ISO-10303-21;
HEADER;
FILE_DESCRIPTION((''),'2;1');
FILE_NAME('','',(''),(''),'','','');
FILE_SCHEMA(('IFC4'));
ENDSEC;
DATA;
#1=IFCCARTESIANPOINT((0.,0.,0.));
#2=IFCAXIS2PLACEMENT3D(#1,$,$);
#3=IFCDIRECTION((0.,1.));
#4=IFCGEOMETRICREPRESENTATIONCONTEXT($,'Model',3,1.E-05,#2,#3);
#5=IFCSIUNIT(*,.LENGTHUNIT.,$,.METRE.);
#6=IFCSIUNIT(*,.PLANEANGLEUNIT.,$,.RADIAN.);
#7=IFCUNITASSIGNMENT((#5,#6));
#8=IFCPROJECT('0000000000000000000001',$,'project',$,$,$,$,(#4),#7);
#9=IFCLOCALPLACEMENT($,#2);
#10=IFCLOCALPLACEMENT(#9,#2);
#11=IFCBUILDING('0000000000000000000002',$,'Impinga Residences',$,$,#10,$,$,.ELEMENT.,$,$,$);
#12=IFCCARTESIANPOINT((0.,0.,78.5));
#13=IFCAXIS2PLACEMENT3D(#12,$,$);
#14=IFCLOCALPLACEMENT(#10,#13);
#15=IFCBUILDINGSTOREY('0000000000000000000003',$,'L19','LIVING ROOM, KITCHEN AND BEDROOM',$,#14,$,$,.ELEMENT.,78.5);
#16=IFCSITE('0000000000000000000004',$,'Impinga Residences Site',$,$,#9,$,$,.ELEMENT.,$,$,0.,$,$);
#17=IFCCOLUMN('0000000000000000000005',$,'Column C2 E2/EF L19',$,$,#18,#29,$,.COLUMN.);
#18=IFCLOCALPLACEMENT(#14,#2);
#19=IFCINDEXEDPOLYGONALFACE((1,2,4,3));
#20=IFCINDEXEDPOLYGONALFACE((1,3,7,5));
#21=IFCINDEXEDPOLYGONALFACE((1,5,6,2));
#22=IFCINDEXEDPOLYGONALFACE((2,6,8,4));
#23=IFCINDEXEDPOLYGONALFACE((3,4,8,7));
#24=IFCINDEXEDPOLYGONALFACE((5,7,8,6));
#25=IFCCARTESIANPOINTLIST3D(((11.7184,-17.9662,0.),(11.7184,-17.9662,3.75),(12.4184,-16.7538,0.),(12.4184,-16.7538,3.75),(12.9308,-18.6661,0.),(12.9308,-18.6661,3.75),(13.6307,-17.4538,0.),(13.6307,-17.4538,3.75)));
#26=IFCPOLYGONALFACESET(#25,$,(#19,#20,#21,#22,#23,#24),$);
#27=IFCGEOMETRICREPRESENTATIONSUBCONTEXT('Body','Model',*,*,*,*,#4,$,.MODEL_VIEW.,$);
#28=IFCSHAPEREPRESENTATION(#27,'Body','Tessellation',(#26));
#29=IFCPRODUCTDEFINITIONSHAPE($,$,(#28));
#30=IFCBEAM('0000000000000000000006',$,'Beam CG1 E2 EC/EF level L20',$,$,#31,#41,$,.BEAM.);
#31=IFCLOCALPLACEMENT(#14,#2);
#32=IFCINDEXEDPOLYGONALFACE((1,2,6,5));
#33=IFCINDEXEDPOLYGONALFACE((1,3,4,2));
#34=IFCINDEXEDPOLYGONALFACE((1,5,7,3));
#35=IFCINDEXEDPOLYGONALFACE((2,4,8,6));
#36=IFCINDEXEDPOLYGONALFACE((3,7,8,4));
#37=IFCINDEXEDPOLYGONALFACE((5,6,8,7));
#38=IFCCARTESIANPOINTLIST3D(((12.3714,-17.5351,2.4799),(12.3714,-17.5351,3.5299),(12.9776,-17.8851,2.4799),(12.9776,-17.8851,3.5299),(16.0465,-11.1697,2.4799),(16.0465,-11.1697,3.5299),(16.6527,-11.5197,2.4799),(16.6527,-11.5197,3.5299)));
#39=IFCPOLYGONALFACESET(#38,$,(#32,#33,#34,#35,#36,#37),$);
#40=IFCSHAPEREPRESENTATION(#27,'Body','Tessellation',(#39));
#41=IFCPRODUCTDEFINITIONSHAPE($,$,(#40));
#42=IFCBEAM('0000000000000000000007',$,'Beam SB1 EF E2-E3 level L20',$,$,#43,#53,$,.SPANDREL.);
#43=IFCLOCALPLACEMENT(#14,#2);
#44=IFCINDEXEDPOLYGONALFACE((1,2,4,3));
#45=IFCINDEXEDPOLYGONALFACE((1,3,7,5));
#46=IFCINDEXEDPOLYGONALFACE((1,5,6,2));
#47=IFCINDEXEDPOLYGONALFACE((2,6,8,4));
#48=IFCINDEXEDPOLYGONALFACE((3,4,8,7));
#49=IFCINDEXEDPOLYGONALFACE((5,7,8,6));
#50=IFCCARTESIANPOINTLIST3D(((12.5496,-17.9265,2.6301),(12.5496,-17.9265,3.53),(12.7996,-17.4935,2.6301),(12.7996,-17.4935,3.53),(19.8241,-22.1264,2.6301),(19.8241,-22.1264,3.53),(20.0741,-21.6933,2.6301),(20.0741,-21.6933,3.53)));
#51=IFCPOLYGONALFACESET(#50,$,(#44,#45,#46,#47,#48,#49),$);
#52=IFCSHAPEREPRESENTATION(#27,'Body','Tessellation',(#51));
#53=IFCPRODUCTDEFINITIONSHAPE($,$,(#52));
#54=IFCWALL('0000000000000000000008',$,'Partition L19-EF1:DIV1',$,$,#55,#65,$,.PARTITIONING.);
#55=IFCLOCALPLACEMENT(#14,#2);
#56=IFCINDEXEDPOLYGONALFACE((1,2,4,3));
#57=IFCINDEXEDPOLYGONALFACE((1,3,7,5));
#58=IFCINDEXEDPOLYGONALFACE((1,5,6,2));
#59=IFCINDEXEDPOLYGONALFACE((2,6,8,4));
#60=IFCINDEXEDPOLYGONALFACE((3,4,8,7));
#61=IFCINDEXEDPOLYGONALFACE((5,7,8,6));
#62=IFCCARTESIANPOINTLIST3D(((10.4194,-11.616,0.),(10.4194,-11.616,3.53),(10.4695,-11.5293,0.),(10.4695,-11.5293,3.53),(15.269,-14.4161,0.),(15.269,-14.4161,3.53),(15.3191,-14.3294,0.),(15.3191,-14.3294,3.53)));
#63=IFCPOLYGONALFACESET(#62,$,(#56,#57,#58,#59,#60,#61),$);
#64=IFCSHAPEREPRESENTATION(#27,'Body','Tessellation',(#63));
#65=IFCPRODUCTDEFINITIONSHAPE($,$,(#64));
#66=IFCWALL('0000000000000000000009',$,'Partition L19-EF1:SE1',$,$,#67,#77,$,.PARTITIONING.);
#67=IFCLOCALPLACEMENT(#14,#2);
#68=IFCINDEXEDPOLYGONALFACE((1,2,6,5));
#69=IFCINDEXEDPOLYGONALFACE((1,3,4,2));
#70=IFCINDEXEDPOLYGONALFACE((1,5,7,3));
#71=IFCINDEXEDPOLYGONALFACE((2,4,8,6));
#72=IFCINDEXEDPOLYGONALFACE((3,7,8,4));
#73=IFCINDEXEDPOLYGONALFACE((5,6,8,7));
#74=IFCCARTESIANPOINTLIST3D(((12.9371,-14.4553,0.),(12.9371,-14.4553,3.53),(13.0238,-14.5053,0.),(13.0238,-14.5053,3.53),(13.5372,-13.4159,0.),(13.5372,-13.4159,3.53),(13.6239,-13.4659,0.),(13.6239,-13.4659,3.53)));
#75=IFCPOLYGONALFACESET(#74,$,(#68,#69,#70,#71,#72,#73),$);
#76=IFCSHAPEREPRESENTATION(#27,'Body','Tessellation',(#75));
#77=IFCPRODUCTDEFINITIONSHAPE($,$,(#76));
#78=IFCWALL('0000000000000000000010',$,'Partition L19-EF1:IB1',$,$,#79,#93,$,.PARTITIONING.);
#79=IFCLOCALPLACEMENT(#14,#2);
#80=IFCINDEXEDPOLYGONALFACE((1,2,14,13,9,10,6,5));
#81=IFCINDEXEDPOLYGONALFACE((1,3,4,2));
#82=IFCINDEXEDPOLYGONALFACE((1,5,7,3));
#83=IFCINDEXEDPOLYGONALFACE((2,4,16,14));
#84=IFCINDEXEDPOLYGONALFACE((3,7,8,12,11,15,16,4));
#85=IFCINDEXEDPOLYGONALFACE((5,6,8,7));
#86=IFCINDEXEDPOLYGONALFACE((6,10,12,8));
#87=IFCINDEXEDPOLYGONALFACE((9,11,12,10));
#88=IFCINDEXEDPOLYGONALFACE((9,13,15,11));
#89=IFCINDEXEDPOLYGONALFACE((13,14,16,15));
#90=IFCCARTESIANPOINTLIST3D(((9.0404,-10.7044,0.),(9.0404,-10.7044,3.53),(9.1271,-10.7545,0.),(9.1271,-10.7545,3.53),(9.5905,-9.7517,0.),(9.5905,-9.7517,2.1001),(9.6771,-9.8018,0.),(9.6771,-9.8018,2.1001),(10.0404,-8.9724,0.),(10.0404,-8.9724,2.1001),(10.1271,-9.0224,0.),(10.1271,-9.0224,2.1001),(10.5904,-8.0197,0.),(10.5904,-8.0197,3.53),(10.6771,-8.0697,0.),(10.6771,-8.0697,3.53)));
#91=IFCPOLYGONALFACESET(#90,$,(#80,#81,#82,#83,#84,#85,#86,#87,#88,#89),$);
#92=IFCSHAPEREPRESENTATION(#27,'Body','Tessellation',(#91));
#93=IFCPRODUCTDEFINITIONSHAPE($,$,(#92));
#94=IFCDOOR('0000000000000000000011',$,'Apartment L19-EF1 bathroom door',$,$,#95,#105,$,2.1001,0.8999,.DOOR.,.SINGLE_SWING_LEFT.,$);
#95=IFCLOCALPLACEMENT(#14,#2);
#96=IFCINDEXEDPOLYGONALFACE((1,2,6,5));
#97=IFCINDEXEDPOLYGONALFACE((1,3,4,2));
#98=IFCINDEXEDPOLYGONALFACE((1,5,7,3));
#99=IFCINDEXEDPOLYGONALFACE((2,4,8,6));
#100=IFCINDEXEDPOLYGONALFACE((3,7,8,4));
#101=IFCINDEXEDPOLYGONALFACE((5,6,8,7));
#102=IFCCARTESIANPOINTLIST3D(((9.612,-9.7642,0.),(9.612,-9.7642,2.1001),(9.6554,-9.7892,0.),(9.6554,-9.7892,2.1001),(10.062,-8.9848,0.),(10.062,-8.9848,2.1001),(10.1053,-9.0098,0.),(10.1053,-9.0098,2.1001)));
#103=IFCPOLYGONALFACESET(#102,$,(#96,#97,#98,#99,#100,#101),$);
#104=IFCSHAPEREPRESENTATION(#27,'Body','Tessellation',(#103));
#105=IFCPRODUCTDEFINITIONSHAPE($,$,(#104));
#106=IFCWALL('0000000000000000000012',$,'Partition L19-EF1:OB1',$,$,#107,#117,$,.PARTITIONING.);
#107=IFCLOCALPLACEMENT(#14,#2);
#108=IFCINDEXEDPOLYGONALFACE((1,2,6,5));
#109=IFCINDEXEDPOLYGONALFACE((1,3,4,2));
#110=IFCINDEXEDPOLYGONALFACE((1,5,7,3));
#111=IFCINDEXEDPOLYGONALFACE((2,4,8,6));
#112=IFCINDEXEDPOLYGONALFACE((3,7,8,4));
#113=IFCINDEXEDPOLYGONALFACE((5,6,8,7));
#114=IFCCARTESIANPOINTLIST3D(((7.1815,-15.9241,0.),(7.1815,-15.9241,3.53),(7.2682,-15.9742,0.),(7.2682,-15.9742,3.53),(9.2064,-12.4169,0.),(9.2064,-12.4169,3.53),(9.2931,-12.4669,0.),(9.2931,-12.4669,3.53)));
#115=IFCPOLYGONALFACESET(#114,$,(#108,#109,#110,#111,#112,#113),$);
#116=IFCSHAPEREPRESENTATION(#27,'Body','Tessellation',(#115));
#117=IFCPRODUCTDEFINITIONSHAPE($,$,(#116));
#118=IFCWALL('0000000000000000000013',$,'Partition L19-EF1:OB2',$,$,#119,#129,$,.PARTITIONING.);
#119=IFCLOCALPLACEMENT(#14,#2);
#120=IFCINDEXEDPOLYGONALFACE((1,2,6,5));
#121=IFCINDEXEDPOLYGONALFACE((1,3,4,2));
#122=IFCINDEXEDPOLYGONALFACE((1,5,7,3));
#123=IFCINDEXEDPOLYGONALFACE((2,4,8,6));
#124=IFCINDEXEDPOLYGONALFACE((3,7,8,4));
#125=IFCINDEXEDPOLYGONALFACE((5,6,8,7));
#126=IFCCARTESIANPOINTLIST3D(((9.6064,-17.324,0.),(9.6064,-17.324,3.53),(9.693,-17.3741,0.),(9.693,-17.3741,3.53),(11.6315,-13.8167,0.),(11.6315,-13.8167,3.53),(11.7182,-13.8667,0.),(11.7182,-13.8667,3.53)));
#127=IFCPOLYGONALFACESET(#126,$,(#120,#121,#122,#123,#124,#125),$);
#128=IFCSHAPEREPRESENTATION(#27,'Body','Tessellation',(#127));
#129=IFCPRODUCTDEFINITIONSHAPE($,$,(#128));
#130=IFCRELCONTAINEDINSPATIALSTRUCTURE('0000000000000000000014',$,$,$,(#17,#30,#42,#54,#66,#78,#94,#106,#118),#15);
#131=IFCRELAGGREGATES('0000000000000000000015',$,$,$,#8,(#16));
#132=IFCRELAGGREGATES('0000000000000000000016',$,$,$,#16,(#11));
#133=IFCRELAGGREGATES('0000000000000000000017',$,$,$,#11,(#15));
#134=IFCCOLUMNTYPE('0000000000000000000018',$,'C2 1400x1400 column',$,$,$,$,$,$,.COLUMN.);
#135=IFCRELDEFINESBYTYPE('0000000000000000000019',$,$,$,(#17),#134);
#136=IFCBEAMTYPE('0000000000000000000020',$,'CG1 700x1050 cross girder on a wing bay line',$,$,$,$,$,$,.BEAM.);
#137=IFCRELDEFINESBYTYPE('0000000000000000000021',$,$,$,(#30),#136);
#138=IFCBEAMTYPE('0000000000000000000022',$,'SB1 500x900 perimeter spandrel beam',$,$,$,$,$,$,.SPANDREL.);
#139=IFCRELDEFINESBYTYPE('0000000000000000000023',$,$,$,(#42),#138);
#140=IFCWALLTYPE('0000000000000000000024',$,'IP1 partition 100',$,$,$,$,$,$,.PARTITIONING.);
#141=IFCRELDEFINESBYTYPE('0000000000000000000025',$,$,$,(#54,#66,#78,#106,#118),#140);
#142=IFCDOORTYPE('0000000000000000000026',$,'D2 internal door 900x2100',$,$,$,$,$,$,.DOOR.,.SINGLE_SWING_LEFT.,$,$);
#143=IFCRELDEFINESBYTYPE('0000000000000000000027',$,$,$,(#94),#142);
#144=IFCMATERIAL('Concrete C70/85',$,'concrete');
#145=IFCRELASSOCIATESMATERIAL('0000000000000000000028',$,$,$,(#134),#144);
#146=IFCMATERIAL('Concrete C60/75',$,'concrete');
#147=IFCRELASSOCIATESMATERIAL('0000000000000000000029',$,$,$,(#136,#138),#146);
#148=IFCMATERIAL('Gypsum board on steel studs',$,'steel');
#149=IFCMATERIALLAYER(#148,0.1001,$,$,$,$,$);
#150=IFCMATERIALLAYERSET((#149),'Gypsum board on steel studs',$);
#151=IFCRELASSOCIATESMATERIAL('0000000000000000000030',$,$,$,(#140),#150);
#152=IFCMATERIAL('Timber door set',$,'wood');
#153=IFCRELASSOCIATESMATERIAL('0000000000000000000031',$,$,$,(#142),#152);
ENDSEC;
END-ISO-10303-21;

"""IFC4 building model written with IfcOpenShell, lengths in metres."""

from ifc_helpers import new_model, si_unit, direction, frame, frame_2d, origin, origin_2d, place, context, subcontext, project, spatial, rectangle, extrude, material, layer, layer_set, material_profile, profile_set, type_object, element, fill, save


model = new_model("IFC4")

# Units and contexts
model_context = context("Model", 3, precision=1e-05, world=origin(), true_north=direction((0.0, 1.0)))
body_context = subcontext(model_context, "Body", "Model", "MODEL_VIEW")
ifc_project = project(units=[si_unit("LENGTHUNIT", "METRE"), si_unit("PLANEANGLEUNIT", "RADIAN")], contexts=[model_context])

# Site, building, storey
site_placement = place(None, origin())
site = spatial("IfcSite", under=ifc_project, at=site_placement, Name="Impinga Residences Site", CompositionType="ELEMENT", RefElevation=0.0)
building_placement = place(site_placement, origin())
building = spatial("IfcBuilding", under=site, at=building_placement, Name="Impinga Residences", CompositionType="ELEMENT")
storey_placement = place(building_placement, frame((0.0, 0.0, 78.5)))
storey = spatial("IfcBuildingStorey", under=building, at=storey_placement, Name="L19", Description="LIVING ROOM, KITCHEN AND BEDROOM", CompositionType="ELEMENT", Elevation=78.5)

# Column
ifc_material_1 = material(Name="Concrete C70/85", Category="concrete")
ifc_material_profile_1 = material_profile(ifc_material_1, rectangle(XDim=1.3999, YDim=1.3999, at=origin_2d()), Name="RC 1400x1400")
ifc_profile_set_1 = profile_set([ifc_material_profile_1], Name="Concrete C70/85")
column_type = type_object("IfcColumnType", Name="C2 1400x1400 column", PredefinedType="COLUMN", material=ifc_profile_set_1)
column_placement = place(storey_placement, frame((12.6746, -17.71, 0.0), z_axis=(0.0, 0.0, 1.0), x_axis=(-0.5, -0.866025, 0.0)))
element("IfcColumn", 1, at=column_placement, inside=storey, type_object=column_type, Name="Column C2 E2/EF L19", PredefinedType="COLUMN", context=body_context, shape_type="SweptSolid", body=[
    extrude(rectangle(XDim=1.3999, YDim=1.3999, at=origin_2d()), origin(), (0.0, 0.0, 1.0), 3.75),
])

# Beams
ifc_material_2 = material(Name="Concrete C60/75", Category="concrete")
ifc_material_profile_2 = material_profile(ifc_material_2, rectangle(XDim=0.7, YDim=1.05, at=origin_2d()), Name="RC 700x1050")
ifc_profile_set_2 = profile_set([ifc_material_profile_2], Name="Concrete C60/75")
beam_type_1 = type_object("IfcBeamType", Name="CG1 700x1050 cross girder on a wing bay line", PredefinedType="BEAM", material=ifc_profile_set_2)
beam_1_placement = place(storey_placement, frame((16.3496, -11.3447, 3.0049), z_axis=(-0.500008, -0.866021, 0.0), x_axis=(0.866021, -0.500008, 0.0)))
element("IfcBeam", 2, at=beam_1_placement, inside=storey, type_object=beam_type_1, Name="Beam CG1 E2 EC/EF level L20", PredefinedType="BEAM", context=body_context, shape_type="SweptSolid", body=[
    extrude(rectangle(XDim=0.7, YDim=1.05, at=origin_2d()), origin(), (0.0, 0.0, 1.0), 7.3501),
])
ifc_material_profile_3 = material_profile(ifc_material_2, rectangle(XDim=0.5, YDim=0.8999, at=origin_2d()), Name="RC 500x900")
ifc_profile_set_3 = profile_set([ifc_material_profile_3], Name="Concrete C60/75")
beam_type_2 = type_object("IfcBeamType", Name="SB1 500x900 perimeter spandrel beam", PredefinedType="SPANDREL", material=ifc_profile_set_3)
beam_2_placement = place(storey_placement, frame((12.6746, -17.71, 3.0801), z_axis=(0.866029, -0.499993, 0.0), x_axis=(0.499993, 0.866029, 0.0)))
element("IfcBeam", 3, at=beam_2_placement, inside=storey, type_object=beam_type_2, Name="Beam SB1 EF E2-E3 level L20", PredefinedType="SPANDREL", context=body_context, shape_type="SweptSolid", body=[
    extrude(rectangle(XDim=0.5, YDim=0.8999, at=origin_2d()), origin(), (0.0, 0.0, 1.0), 8.3999),
])

# Walls
ifc_material_3 = material(Name="Gypsum board on steel studs", Category="steel")
ifc_layer_1 = layer(ifc_material_3, 0.1001)
ifc_layer_set_1 = layer_set([ifc_layer_1], Name="Gypsum board on steel studs")
wall_type_1 = type_object("IfcWallType", Name="IP1 partition 100", PredefinedType="PARTITIONING", material=ifc_layer_set_1)
wall_1_placement = place(storey_placement, frame((10.4446, -11.5728, 0.0), z_axis=(0.0, 0.0, 1.0), x_axis=(0.866016, -0.500017, 0.0)))
element("IfcWall", 4, at=wall_1_placement, inside=storey, type_object=wall_type_1, Name="Partition L19-EF1:DIV1", PredefinedType="PARTITIONING", context=body_context, shape_type="SweptSolid", body=[
    extrude(rectangle(XDim=5.5999, YDim=0.1001, at=frame_2d((2.7998, 0.0))), origin(), (0.0, 0.0, 1.0), 3.53),
])
wall_2_placement = place(storey_placement, frame((13.5806, -13.4409, 0.0), z_axis=(0.0, 0.0, 1.0), x_axis=(-0.500034, -0.866006, 0.0)))
element("IfcWall", 5, at=wall_2_placement, inside=storey, type_object=wall_type_1, Name="Partition L19-EF1:SE1", PredefinedType="PARTITIONING", context=body_context, shape_type="SweptSolid", body=[
    extrude(rectangle(XDim=1.2002, YDim=0.1001, at=frame_2d((0.6001, 0.0))), origin(), (0.0, 0.0, 1.0), 3.53),
])

# Wall, opening, door
wall_3_placement = place(storey_placement, frame((10.6338, -8.0447, 0.0), z_axis=(0.0, 0.0, 1.0), x_axis=(-0.499993, -0.86603, 0.0)))
wall_3 = element("IfcWall", 6, at=wall_3_placement, inside=storey, type_object=wall_type_1, Name="Partition L19-EF1:IB1", PredefinedType="PARTITIONING", context=body_context, shape_type="SweptSolid", body=[
    extrude(rectangle(XDim=3.1001, YDim=0.1001, at=frame_2d((1.55, 0.0))), origin(), (0.0, 0.0, 1.0), 3.53),
])
opening_1_placement = place(wall_3_placement, frame((1.1001, 0.0, 0.0)))
opening_1 = element("IfcOpeningElement", 7, at=opening_1_placement, cuts=wall_3, PredefinedType="OPENING", context=body_context, shape_type="SweptSolid", body=[
    extrude(rectangle(XDim=0.8999, YDim=2.1001, at=frame_2d((0.45, 1.05))), frame((0.0, 0.0601, 0.0), z_axis=(0.0, -1.0, 0.0), x_axis=(1.0, 0.0, 0.0)), (0.0, 0.0, 1.0), 0.1201),
])
ifc_material_4 = material(Name="Timber door set", Category="wood")
door_type = type_object("IfcDoorType", Name="D2 internal door 900x2100", OperationType="SINGLE_SWING_LEFT", PredefinedType="DOOR", material=ifc_material_4)
door_1_placement = place(opening_1_placement, origin())
door_1 = element("IfcDoor", 8, at=door_1_placement, inside=storey, type_object=door_type, Name="Apartment L19-EF1 bathroom door", OperationType="SINGLE_SWING_LEFT", OverallHeight=2.1001, OverallWidth=0.8999, PredefinedType="DOOR", context=body_context, shape_type="SweptSolid", body=[
    extrude(rectangle(XDim=0.8999, YDim=2.1001, at=frame_2d((0.45, 1.05))), frame((0.0, 0.0249, 0.0), z_axis=(0.0, -1.0, 0.0), x_axis=(1.0, 0.0, 0.0)), (0.0, 0.0, 1.0), 0.05),
])
fill(opening_1, door_1)

# Walls
wall_4_placement = place(storey_placement, frame((9.2498, -12.4419, 0.0), z_axis=(0.0, 0.0, 1.0), x_axis=(-0.49999, -0.866031, 0.0)))
element("IfcWall", 9, at=wall_4_placement, inside=storey, type_object=wall_type_1, Name="Partition L19-EF1:OB1", PredefinedType="PARTITIONING", context=body_context, shape_type="SweptSolid", body=[
    extrude(rectangle(XDim=4.0498, YDim=0.1001, at=frame_2d((2.0249, 0.0))), origin(), (0.0, 0.0, 1.0), 3.53),
])
wall_5_placement = place(storey_placement, frame((11.6748, -13.8418, 0.0), z_axis=(0.0, 0.0, 1.0), x_axis=(-0.500036, -0.866005, 0.0)))
element("IfcWall", 10, at=wall_5_placement, inside=storey, type_object=wall_type_1, Name="Partition L19-EF1:OB2", PredefinedType="PARTITIONING", context=body_context, shape_type="SweptSolid", body=[
    extrude(rectangle(XDim=4.05, YDim=0.1001, at=frame_2d((2.0249, 0.0))), origin(), (0.0, 0.0, 1.0), 3.53),
])

save(model, "model.ifc")
